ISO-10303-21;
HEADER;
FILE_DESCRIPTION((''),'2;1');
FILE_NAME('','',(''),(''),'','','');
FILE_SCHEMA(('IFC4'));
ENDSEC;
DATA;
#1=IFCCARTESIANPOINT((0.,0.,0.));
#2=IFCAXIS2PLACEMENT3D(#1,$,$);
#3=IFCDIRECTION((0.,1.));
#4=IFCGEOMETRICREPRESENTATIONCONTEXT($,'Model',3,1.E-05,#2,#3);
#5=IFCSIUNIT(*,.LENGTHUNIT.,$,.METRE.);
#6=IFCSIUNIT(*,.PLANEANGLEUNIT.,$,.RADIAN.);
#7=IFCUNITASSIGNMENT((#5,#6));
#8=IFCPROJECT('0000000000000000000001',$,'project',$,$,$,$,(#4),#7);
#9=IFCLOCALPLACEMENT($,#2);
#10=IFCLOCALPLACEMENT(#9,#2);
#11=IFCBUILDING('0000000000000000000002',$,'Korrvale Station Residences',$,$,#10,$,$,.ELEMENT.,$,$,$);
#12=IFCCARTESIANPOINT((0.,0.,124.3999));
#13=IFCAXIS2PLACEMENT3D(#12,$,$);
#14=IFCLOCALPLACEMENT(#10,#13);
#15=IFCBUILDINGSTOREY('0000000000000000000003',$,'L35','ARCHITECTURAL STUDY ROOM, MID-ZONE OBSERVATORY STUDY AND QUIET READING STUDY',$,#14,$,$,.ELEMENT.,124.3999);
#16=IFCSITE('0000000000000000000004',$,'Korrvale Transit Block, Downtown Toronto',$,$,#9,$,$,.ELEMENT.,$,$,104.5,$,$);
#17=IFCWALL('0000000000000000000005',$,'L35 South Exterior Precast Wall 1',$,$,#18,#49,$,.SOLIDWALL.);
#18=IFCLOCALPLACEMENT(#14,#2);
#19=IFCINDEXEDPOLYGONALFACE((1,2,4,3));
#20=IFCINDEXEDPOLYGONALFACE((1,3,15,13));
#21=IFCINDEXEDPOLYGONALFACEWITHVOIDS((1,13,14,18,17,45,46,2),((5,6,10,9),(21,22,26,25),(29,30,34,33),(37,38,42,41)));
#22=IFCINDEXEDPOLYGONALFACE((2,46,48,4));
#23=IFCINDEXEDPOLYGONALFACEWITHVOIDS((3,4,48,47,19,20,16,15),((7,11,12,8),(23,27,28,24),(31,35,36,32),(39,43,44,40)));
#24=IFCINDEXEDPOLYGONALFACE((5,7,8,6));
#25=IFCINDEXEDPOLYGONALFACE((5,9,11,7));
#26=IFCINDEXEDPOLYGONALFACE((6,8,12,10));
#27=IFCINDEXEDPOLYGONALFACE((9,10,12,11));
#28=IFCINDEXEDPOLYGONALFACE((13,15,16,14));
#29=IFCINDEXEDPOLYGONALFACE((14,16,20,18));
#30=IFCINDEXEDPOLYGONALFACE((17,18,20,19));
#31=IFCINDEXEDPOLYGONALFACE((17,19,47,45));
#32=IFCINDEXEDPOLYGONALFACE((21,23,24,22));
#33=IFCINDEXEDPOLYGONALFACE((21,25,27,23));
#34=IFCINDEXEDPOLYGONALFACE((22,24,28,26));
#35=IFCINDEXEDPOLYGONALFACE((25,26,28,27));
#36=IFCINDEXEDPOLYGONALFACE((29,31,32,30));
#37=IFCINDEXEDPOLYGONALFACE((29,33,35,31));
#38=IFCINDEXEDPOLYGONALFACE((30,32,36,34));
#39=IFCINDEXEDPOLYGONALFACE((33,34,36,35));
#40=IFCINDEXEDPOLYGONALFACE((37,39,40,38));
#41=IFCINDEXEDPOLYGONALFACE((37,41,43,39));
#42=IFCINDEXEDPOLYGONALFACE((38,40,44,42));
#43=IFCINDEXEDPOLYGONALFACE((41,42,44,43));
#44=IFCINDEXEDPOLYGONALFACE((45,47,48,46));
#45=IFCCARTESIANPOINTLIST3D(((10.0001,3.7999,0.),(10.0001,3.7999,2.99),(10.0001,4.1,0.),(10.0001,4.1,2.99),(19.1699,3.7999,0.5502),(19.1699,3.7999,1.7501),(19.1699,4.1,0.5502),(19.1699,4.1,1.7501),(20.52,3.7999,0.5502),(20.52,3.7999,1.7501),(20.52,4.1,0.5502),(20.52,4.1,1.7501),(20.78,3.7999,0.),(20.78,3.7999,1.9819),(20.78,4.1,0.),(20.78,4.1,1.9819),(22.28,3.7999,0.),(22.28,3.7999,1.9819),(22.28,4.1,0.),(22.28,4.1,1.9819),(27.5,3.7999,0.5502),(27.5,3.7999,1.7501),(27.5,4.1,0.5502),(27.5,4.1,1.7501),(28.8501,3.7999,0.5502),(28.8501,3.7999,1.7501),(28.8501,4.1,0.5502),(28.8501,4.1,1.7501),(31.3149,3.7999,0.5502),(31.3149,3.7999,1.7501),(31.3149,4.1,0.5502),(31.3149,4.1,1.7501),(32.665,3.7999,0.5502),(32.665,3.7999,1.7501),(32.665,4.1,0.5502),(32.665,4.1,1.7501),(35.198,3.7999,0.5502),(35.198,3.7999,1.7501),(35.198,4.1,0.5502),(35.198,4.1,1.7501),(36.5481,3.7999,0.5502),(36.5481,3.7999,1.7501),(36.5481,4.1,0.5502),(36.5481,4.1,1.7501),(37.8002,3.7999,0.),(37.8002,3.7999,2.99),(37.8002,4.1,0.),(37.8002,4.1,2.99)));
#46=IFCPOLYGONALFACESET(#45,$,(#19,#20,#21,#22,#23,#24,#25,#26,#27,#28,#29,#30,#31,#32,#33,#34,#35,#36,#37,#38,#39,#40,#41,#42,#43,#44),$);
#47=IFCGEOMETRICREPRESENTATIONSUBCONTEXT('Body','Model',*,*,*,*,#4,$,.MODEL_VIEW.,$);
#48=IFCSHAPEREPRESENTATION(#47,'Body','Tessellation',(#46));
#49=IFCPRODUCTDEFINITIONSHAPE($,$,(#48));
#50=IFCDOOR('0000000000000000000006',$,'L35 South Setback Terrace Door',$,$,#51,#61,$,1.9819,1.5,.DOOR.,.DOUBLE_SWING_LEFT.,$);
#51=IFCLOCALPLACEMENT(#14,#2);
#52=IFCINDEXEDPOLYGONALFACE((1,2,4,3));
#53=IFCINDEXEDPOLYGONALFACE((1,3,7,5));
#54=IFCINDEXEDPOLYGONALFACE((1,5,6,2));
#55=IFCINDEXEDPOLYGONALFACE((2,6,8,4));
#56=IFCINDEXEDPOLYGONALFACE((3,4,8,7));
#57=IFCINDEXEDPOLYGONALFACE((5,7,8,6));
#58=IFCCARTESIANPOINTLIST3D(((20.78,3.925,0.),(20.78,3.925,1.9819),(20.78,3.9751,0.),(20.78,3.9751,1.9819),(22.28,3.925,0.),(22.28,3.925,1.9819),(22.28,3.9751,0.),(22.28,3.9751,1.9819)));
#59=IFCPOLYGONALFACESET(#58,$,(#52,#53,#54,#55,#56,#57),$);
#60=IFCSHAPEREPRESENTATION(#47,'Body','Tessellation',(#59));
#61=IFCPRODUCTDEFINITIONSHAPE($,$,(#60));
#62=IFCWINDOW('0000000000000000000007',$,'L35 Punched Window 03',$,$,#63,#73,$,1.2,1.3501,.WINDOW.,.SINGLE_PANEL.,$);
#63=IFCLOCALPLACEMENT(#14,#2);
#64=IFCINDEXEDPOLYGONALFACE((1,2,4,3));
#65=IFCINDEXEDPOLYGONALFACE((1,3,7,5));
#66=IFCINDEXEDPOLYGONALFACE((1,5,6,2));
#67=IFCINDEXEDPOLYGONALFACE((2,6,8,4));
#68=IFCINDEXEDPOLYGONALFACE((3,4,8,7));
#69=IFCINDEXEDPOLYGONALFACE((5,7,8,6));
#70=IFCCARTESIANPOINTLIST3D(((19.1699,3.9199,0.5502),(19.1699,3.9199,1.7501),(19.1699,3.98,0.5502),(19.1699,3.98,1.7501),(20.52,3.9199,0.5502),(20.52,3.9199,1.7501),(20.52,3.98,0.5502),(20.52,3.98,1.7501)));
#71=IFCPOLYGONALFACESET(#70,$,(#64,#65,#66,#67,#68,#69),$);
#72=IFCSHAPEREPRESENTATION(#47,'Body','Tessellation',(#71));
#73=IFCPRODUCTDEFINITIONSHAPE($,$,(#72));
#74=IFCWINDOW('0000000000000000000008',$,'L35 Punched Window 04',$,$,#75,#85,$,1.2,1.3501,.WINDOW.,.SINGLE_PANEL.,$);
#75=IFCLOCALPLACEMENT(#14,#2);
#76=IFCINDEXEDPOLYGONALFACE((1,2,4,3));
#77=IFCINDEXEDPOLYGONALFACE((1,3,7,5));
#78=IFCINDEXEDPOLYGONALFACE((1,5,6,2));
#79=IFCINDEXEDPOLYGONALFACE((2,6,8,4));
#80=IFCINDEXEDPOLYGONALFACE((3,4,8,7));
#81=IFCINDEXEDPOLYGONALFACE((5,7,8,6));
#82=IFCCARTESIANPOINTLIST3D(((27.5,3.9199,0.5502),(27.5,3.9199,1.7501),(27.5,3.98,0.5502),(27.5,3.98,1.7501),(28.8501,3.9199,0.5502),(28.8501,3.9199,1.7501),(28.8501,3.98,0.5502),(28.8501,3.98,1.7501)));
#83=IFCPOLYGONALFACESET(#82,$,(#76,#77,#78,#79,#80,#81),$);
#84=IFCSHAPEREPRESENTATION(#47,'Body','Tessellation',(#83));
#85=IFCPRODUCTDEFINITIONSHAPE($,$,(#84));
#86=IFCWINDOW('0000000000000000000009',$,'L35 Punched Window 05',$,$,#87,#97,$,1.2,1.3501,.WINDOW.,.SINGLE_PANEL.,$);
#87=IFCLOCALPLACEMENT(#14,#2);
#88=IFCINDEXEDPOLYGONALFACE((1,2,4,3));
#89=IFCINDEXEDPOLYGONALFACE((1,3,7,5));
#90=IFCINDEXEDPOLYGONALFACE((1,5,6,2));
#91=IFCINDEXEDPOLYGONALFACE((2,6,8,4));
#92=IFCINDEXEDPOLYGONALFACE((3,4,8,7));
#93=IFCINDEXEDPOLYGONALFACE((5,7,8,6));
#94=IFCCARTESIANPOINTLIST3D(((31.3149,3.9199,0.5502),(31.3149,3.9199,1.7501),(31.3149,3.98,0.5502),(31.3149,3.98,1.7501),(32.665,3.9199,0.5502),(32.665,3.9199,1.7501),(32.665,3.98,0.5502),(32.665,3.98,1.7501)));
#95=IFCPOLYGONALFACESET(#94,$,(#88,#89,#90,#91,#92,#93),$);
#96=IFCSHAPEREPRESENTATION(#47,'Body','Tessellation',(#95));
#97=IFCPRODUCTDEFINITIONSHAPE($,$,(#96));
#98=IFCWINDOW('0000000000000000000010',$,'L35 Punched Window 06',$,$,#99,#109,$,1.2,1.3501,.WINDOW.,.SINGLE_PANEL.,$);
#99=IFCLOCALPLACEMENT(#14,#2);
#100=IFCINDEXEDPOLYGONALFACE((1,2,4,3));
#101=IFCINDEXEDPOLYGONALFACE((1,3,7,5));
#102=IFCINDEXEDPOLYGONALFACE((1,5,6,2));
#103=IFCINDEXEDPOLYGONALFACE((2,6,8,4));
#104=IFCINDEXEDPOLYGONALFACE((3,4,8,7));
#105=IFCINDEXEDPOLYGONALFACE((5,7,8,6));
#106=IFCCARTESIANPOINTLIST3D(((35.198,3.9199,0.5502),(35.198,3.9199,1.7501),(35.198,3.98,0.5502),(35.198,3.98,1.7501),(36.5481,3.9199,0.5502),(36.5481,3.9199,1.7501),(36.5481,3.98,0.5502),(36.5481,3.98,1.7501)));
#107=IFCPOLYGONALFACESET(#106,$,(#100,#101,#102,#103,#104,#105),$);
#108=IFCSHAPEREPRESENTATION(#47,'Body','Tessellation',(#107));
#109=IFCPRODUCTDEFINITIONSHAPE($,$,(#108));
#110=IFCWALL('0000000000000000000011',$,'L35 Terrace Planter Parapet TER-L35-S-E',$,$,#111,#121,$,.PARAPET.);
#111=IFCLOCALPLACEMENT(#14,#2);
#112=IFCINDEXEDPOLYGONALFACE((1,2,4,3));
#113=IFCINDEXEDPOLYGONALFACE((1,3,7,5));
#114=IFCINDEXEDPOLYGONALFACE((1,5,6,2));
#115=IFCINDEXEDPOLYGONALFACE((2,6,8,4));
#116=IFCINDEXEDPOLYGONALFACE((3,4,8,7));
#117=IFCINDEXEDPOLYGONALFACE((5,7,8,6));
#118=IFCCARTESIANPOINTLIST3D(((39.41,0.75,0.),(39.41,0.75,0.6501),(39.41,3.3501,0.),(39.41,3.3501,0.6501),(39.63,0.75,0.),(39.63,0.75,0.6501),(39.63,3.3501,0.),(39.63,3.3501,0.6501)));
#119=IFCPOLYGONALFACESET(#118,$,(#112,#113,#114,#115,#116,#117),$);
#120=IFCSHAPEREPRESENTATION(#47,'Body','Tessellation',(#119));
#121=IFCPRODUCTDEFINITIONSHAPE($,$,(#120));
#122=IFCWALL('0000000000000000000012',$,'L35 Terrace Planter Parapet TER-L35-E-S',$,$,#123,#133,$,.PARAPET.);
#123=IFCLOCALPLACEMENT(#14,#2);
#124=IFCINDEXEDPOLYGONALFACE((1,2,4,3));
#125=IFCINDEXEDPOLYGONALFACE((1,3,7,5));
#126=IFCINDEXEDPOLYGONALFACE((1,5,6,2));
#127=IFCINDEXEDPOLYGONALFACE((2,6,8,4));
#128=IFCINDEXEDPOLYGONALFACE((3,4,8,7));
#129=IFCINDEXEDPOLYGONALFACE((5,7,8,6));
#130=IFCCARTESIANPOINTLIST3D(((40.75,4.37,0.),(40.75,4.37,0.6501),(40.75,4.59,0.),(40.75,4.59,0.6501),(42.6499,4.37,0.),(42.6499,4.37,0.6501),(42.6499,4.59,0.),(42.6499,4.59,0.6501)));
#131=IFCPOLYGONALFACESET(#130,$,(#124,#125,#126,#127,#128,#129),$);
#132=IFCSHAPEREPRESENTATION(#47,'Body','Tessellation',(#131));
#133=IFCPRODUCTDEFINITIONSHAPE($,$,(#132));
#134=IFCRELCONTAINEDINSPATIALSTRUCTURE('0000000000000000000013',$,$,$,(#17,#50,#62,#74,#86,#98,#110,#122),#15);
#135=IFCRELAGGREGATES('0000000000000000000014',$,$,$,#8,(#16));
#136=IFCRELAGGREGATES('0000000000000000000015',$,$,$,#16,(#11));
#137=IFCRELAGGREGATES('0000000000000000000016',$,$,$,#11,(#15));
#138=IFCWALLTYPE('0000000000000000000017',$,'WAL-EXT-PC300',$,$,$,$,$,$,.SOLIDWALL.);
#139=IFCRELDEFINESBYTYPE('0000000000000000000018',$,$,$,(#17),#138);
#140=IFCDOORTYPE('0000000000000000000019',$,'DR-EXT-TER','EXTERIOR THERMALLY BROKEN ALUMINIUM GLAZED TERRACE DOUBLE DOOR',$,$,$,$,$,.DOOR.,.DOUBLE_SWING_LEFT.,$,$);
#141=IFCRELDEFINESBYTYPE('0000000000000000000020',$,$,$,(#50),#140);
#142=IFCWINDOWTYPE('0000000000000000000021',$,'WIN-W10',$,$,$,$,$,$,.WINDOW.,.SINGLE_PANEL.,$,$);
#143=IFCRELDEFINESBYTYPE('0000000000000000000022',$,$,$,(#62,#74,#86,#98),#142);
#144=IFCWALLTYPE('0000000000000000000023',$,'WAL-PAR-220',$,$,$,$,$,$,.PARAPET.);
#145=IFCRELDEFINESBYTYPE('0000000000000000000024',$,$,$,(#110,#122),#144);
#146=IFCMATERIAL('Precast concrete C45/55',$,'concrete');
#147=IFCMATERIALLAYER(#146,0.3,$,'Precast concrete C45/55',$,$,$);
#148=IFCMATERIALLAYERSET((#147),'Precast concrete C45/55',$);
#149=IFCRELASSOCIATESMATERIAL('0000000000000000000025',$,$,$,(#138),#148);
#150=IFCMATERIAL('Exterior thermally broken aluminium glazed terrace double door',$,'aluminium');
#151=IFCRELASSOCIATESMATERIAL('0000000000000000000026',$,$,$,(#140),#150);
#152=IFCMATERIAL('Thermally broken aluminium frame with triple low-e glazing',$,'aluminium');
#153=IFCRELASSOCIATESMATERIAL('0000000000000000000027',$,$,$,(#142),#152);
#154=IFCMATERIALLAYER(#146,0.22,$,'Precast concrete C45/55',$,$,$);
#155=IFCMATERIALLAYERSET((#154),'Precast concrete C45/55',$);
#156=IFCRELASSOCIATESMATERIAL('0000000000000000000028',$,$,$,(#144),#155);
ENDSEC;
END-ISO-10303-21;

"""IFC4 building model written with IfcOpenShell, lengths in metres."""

from ifc_helpers import new_model, si_unit, direction, frame, frame_2d, origin, place, context, subcontext, project, spatial, rectangle, extrude, material, layer, layer_set, type_object, element, fill, save


model = new_model("IFC4")

# Units and contexts
model_context = context("Model", 3, precision=1e-05, world=origin(), true_north=direction((0.0, 1.0)))
body_context = subcontext(model_context, "Body", "Model", "MODEL_VIEW")
ifc_project = project(units=[si_unit("LENGTHUNIT", "METRE"), si_unit("PLANEANGLEUNIT", "RADIAN")], contexts=[model_context])

# Site, building, storey
site_placement = place(None, origin())
site = spatial("IfcSite", under=ifc_project, at=site_placement, Name="Korrvale Transit Block, Downtown Toronto", CompositionType="ELEMENT", RefElevation=104.5)
building_placement = place(site_placement, origin())
building = spatial("IfcBuilding", under=site, at=building_placement, Name="Korrvale Station Residences", CompositionType="ELEMENT")
storey_placement = place(building_placement, frame((0.0, 0.0, 124.3999)))
storey = spatial("IfcBuildingStorey", under=building, at=storey_placement, Name="L35", Description="ARCHITECTURAL STUDY ROOM, MID-ZONE OBSERVATORY STUDY AND QUIET READING STUDY", CompositionType="ELEMENT", Elevation=124.3999)

# Shared definitions
ifc_material_1 = material(Name="Precast concrete C45/55", Category="concrete")

# Wall, openings, door, windows
ifc_layer_1 = layer(ifc_material_1, 0.3, Name="Precast concrete C45/55")
ifc_layer_set_1 = layer_set([ifc_layer_1], Name="Precast concrete C45/55")
wall_type_1 = type_object("IfcWallType", Name="WAL-EXT-PC300", PredefinedType="SOLIDWALL", material=ifc_layer_set_1)
wall_1_placement = place(storey_placement, frame((37.8, 3.95, 0.0), z_axis=(0.0, 0.0, 1.0), x_axis=(-1.0, 0.0, 0.0)))
wall_1 = element("IfcWall", 1, at=wall_1_placement, inside=storey, type_object=wall_type_1, Name="L35 South Exterior Precast Wall 1", PredefinedType="SOLIDWALL", context=body_context, shape_type="SweptSolid", body=[
    extrude(rectangle(XDim=27.8, YDim=0.3, at=frame_2d((13.8999, 0.0))), origin(), (0.0, 0.0, 1.0), 2.99),
])
opening_1_placement = place(wall_1_placement, frame((15.52, 0.0, 0.0)))
opening_1 = element("IfcOpeningElement", 2, at=opening_1_placement, cuts=wall_1, PredefinedType="OPENING", context=body_context, shape_type="SweptSolid", body=[
    extrude(rectangle(XDim=1.5, YDim=1.9819, at=frame_2d((0.75, 0.991))), frame((0.0, 0.1602, 0.0), z_axis=(0.0, -1.0, 0.0), x_axis=(1.0, 0.0, 0.0)), (0.0, 0.0, 1.0), 0.3201),
])
opening_2_placement = place(wall_1_placement, frame((17.28, 0.0, 0.55)))
opening_2 = element("IfcOpeningElement", 3, at=opening_2_placement, cuts=wall_1, PredefinedType="OPENING", context=body_context, shape_type="SweptSolid", body=[
    extrude(rectangle(XDim=1.3501, YDim=1.2, at=frame_2d((0.675, 0.6001))), frame((0.0, 0.1602, 0.0), z_axis=(0.0, -1.0, 0.0), x_axis=(1.0, 0.0, 0.0)), (0.0, 0.0, 1.0), 0.3201),
])
opening_3_placement = place(wall_1_placement, frame((8.95, 0.0, 0.55)))
opening_3 = element("IfcOpeningElement", 4, at=opening_3_placement, cuts=wall_1, PredefinedType="OPENING", context=body_context, shape_type="SweptSolid", body=[
    extrude(rectangle(XDim=1.3501, YDim=1.2, at=frame_2d((0.675, 0.6001))), frame((0.0, 0.1602, 0.0), z_axis=(0.0, -1.0, 0.0), x_axis=(1.0, 0.0, 0.0)), (0.0, 0.0, 1.0), 0.3201),
])
opening_4_placement = place(wall_1_placement, frame((5.135, 0.0, 0.55)))
opening_4 = element("IfcOpeningElement", 5, at=opening_4_placement, cuts=wall_1, PredefinedType="OPENING", context=body_context, shape_type="SweptSolid", body=[
    extrude(rectangle(XDim=1.3501, YDim=1.2, at=frame_2d((0.675, 0.6001))), frame((0.0, 0.1602, 0.0), z_axis=(0.0, -1.0, 0.0), x_axis=(1.0, 0.0, 0.0)), (0.0, 0.0, 1.0), 0.3201),
])
opening_5_placement = place(wall_1_placement, frame((1.252, 0.0, 0.55)))
opening_5 = element("IfcOpeningElement", 6, at=opening_5_placement, cuts=wall_1, PredefinedType="OPENING", context=body_context, shape_type="SweptSolid", body=[
    extrude(rectangle(XDim=1.3501, YDim=1.2, at=frame_2d((0.675, 0.6001))), frame((0.0, 0.1602, 0.0), z_axis=(0.0, -1.0, 0.0), x_axis=(1.0, 0.0, 0.0)), (0.0, 0.0, 1.0), 0.3201),
])
ifc_material_2 = material(Name="Exterior thermally broken aluminium glazed terrace double door", Category="aluminium")
door_type = type_object("IfcDoorType", Name="DR-EXT-TER", Description="EXTERIOR THERMALLY BROKEN ALUMINIUM GLAZED TERRACE DOUBLE DOOR", OperationType="DOUBLE_SWING_LEFT", PredefinedType="DOOR", material=ifc_material_2)
door_placement = place(opening_1_placement, origin())
door = element("IfcDoor", 7, at=door_placement, inside=storey, type_object=door_type, Name="L35 South Setback Terrace Door", OperationType="DOUBLE_SWING_LEFT", OverallHeight=1.9819, OverallWidth=1.5, PredefinedType="DOOR", context=body_context, shape_type="SweptSolid", body=[
    extrude(rectangle(XDim=1.5, YDim=1.9819, at=frame_2d((0.75, 0.991))), frame((0.0, 0.0249, 0.0), z_axis=(0.0, -1.0, 0.0), x_axis=(1.0, 0.0, 0.0)), (0.0, 0.0, 1.0), 0.05),
])
fill(opening_1, door)
ifc_material_3 = material(Name="Thermally broken aluminium frame with triple low-e glazing", Category="aluminium")
window_type = type_object("IfcWindowType", Name="WIN-W10", PartitioningType="SINGLE_PANEL", PredefinedType="WINDOW", material=ifc_material_3)
window_1_placement = place(opening_2_placement, origin())
window_1 = element("IfcWindow", 8, at=window_1_placement, inside=storey, type_object=window_type, Name="L35 Punched Window 03", OverallHeight=1.2, OverallWidth=1.3501, PartitioningType="SINGLE_PANEL", PredefinedType="WINDOW", context=body_context, shape_type="SweptSolid", body=[
    extrude(rectangle(XDim=1.3501, YDim=1.2, at=frame_2d((0.675, 0.6001))), frame((0.0, 0.03, 0.0), z_axis=(0.0, -1.0, 0.0), x_axis=(1.0, 0.0, 0.0)), (0.0, 0.0, 1.0), 0.0601),
])
fill(opening_2, window_1)
window_2_placement = place(opening_3_placement, origin())
window_2 = element("IfcWindow", 9, at=window_2_placement, inside=storey, type_object=window_type, Name="L35 Punched Window 04", OverallHeight=1.2, OverallWidth=1.3501, PartitioningType="SINGLE_PANEL", PredefinedType="WINDOW", context=body_context, shape_type="SweptSolid", body=[
    extrude(rectangle(XDim=1.3501, YDim=1.2, at=frame_2d((0.675, 0.6001))), frame((0.0, 0.03, 0.0), z_axis=(0.0, -1.0, 0.0), x_axis=(1.0, 0.0, 0.0)), (0.0, 0.0, 1.0), 0.0601),
])
fill(opening_3, window_2)
window_3_placement = place(opening_4_placement, origin())
window_3 = element("IfcWindow", 10, at=window_3_placement, inside=storey, type_object=window_type, Name="L35 Punched Window 05", OverallHeight=1.2, OverallWidth=1.3501, PartitioningType="SINGLE_PANEL", PredefinedType="WINDOW", context=body_context, shape_type="SweptSolid", body=[
    extrude(rectangle(XDim=1.3501, YDim=1.2, at=frame_2d((0.675, 0.6001))), frame((0.0, 0.03, 0.0), z_axis=(0.0, -1.0, 0.0), x_axis=(1.0, 0.0, 0.0)), (0.0, 0.0, 1.0), 0.0601),
])
fill(opening_4, window_3)
window_4_placement = place(opening_5_placement, origin())
window_4 = element("IfcWindow", 11, at=window_4_placement, inside=storey, type_object=window_type, Name="L35 Punched Window 06", OverallHeight=1.2, OverallWidth=1.3501, PartitioningType="SINGLE_PANEL", PredefinedType="WINDOW", context=body_context, shape_type="SweptSolid", body=[
    extrude(rectangle(XDim=1.3501, YDim=1.2, at=frame_2d((0.675, 0.6001))), frame((0.0, 0.03, 0.0), z_axis=(0.0, -1.0, 0.0), x_axis=(1.0, 0.0, 0.0)), (0.0, 0.0, 1.0), 0.0601),
])
fill(opening_5, window_4)

# Walls
ifc_layer_2 = layer(ifc_material_1, 0.22, Name="Precast concrete C45/55")
ifc_layer_set_2 = layer_set([ifc_layer_2], Name="Precast concrete C45/55")
wall_type_2 = type_object("IfcWallType", Name="WAL-PAR-220", PredefinedType="PARAPET", material=ifc_layer_set_2)
wall_2_placement = place(storey_placement, frame((39.52, 0.75, 0.0), z_axis=(0.0, 0.0, 1.0), x_axis=(0.0, 1.0, 0.0)))
element("IfcWall", 12, at=wall_2_placement, inside=storey, type_object=wall_type_2, Name="L35 Terrace Planter Parapet TER-L35-S-E", PredefinedType="PARAPET", context=body_context, shape_type="SweptSolid", body=[
    extrude(rectangle(XDim=2.6001, YDim=0.22, at=frame_2d((1.3, 0.0))), origin(), (0.0, 0.0, 1.0), 0.6501),
])
wall_3_placement = place(storey_placement, frame((40.75, 4.48, 0.0), z_axis=(0.0, 0.0, 1.0), x_axis=(1.0, 0.0, 0.0)))
element("IfcWall", 13, at=wall_3_placement, inside=storey, type_object=wall_type_2, Name="L35 Terrace Planter Parapet TER-L35-E-S", PredefinedType="PARAPET", context=body_context, shape_type="SweptSolid", body=[
    extrude(rectangle(XDim=1.8999, YDim=0.22, at=frame_2d((0.95, 0.0))), origin(), (0.0, 0.0, 1.0), 0.6501),
])

save(model, "model.ifc")
